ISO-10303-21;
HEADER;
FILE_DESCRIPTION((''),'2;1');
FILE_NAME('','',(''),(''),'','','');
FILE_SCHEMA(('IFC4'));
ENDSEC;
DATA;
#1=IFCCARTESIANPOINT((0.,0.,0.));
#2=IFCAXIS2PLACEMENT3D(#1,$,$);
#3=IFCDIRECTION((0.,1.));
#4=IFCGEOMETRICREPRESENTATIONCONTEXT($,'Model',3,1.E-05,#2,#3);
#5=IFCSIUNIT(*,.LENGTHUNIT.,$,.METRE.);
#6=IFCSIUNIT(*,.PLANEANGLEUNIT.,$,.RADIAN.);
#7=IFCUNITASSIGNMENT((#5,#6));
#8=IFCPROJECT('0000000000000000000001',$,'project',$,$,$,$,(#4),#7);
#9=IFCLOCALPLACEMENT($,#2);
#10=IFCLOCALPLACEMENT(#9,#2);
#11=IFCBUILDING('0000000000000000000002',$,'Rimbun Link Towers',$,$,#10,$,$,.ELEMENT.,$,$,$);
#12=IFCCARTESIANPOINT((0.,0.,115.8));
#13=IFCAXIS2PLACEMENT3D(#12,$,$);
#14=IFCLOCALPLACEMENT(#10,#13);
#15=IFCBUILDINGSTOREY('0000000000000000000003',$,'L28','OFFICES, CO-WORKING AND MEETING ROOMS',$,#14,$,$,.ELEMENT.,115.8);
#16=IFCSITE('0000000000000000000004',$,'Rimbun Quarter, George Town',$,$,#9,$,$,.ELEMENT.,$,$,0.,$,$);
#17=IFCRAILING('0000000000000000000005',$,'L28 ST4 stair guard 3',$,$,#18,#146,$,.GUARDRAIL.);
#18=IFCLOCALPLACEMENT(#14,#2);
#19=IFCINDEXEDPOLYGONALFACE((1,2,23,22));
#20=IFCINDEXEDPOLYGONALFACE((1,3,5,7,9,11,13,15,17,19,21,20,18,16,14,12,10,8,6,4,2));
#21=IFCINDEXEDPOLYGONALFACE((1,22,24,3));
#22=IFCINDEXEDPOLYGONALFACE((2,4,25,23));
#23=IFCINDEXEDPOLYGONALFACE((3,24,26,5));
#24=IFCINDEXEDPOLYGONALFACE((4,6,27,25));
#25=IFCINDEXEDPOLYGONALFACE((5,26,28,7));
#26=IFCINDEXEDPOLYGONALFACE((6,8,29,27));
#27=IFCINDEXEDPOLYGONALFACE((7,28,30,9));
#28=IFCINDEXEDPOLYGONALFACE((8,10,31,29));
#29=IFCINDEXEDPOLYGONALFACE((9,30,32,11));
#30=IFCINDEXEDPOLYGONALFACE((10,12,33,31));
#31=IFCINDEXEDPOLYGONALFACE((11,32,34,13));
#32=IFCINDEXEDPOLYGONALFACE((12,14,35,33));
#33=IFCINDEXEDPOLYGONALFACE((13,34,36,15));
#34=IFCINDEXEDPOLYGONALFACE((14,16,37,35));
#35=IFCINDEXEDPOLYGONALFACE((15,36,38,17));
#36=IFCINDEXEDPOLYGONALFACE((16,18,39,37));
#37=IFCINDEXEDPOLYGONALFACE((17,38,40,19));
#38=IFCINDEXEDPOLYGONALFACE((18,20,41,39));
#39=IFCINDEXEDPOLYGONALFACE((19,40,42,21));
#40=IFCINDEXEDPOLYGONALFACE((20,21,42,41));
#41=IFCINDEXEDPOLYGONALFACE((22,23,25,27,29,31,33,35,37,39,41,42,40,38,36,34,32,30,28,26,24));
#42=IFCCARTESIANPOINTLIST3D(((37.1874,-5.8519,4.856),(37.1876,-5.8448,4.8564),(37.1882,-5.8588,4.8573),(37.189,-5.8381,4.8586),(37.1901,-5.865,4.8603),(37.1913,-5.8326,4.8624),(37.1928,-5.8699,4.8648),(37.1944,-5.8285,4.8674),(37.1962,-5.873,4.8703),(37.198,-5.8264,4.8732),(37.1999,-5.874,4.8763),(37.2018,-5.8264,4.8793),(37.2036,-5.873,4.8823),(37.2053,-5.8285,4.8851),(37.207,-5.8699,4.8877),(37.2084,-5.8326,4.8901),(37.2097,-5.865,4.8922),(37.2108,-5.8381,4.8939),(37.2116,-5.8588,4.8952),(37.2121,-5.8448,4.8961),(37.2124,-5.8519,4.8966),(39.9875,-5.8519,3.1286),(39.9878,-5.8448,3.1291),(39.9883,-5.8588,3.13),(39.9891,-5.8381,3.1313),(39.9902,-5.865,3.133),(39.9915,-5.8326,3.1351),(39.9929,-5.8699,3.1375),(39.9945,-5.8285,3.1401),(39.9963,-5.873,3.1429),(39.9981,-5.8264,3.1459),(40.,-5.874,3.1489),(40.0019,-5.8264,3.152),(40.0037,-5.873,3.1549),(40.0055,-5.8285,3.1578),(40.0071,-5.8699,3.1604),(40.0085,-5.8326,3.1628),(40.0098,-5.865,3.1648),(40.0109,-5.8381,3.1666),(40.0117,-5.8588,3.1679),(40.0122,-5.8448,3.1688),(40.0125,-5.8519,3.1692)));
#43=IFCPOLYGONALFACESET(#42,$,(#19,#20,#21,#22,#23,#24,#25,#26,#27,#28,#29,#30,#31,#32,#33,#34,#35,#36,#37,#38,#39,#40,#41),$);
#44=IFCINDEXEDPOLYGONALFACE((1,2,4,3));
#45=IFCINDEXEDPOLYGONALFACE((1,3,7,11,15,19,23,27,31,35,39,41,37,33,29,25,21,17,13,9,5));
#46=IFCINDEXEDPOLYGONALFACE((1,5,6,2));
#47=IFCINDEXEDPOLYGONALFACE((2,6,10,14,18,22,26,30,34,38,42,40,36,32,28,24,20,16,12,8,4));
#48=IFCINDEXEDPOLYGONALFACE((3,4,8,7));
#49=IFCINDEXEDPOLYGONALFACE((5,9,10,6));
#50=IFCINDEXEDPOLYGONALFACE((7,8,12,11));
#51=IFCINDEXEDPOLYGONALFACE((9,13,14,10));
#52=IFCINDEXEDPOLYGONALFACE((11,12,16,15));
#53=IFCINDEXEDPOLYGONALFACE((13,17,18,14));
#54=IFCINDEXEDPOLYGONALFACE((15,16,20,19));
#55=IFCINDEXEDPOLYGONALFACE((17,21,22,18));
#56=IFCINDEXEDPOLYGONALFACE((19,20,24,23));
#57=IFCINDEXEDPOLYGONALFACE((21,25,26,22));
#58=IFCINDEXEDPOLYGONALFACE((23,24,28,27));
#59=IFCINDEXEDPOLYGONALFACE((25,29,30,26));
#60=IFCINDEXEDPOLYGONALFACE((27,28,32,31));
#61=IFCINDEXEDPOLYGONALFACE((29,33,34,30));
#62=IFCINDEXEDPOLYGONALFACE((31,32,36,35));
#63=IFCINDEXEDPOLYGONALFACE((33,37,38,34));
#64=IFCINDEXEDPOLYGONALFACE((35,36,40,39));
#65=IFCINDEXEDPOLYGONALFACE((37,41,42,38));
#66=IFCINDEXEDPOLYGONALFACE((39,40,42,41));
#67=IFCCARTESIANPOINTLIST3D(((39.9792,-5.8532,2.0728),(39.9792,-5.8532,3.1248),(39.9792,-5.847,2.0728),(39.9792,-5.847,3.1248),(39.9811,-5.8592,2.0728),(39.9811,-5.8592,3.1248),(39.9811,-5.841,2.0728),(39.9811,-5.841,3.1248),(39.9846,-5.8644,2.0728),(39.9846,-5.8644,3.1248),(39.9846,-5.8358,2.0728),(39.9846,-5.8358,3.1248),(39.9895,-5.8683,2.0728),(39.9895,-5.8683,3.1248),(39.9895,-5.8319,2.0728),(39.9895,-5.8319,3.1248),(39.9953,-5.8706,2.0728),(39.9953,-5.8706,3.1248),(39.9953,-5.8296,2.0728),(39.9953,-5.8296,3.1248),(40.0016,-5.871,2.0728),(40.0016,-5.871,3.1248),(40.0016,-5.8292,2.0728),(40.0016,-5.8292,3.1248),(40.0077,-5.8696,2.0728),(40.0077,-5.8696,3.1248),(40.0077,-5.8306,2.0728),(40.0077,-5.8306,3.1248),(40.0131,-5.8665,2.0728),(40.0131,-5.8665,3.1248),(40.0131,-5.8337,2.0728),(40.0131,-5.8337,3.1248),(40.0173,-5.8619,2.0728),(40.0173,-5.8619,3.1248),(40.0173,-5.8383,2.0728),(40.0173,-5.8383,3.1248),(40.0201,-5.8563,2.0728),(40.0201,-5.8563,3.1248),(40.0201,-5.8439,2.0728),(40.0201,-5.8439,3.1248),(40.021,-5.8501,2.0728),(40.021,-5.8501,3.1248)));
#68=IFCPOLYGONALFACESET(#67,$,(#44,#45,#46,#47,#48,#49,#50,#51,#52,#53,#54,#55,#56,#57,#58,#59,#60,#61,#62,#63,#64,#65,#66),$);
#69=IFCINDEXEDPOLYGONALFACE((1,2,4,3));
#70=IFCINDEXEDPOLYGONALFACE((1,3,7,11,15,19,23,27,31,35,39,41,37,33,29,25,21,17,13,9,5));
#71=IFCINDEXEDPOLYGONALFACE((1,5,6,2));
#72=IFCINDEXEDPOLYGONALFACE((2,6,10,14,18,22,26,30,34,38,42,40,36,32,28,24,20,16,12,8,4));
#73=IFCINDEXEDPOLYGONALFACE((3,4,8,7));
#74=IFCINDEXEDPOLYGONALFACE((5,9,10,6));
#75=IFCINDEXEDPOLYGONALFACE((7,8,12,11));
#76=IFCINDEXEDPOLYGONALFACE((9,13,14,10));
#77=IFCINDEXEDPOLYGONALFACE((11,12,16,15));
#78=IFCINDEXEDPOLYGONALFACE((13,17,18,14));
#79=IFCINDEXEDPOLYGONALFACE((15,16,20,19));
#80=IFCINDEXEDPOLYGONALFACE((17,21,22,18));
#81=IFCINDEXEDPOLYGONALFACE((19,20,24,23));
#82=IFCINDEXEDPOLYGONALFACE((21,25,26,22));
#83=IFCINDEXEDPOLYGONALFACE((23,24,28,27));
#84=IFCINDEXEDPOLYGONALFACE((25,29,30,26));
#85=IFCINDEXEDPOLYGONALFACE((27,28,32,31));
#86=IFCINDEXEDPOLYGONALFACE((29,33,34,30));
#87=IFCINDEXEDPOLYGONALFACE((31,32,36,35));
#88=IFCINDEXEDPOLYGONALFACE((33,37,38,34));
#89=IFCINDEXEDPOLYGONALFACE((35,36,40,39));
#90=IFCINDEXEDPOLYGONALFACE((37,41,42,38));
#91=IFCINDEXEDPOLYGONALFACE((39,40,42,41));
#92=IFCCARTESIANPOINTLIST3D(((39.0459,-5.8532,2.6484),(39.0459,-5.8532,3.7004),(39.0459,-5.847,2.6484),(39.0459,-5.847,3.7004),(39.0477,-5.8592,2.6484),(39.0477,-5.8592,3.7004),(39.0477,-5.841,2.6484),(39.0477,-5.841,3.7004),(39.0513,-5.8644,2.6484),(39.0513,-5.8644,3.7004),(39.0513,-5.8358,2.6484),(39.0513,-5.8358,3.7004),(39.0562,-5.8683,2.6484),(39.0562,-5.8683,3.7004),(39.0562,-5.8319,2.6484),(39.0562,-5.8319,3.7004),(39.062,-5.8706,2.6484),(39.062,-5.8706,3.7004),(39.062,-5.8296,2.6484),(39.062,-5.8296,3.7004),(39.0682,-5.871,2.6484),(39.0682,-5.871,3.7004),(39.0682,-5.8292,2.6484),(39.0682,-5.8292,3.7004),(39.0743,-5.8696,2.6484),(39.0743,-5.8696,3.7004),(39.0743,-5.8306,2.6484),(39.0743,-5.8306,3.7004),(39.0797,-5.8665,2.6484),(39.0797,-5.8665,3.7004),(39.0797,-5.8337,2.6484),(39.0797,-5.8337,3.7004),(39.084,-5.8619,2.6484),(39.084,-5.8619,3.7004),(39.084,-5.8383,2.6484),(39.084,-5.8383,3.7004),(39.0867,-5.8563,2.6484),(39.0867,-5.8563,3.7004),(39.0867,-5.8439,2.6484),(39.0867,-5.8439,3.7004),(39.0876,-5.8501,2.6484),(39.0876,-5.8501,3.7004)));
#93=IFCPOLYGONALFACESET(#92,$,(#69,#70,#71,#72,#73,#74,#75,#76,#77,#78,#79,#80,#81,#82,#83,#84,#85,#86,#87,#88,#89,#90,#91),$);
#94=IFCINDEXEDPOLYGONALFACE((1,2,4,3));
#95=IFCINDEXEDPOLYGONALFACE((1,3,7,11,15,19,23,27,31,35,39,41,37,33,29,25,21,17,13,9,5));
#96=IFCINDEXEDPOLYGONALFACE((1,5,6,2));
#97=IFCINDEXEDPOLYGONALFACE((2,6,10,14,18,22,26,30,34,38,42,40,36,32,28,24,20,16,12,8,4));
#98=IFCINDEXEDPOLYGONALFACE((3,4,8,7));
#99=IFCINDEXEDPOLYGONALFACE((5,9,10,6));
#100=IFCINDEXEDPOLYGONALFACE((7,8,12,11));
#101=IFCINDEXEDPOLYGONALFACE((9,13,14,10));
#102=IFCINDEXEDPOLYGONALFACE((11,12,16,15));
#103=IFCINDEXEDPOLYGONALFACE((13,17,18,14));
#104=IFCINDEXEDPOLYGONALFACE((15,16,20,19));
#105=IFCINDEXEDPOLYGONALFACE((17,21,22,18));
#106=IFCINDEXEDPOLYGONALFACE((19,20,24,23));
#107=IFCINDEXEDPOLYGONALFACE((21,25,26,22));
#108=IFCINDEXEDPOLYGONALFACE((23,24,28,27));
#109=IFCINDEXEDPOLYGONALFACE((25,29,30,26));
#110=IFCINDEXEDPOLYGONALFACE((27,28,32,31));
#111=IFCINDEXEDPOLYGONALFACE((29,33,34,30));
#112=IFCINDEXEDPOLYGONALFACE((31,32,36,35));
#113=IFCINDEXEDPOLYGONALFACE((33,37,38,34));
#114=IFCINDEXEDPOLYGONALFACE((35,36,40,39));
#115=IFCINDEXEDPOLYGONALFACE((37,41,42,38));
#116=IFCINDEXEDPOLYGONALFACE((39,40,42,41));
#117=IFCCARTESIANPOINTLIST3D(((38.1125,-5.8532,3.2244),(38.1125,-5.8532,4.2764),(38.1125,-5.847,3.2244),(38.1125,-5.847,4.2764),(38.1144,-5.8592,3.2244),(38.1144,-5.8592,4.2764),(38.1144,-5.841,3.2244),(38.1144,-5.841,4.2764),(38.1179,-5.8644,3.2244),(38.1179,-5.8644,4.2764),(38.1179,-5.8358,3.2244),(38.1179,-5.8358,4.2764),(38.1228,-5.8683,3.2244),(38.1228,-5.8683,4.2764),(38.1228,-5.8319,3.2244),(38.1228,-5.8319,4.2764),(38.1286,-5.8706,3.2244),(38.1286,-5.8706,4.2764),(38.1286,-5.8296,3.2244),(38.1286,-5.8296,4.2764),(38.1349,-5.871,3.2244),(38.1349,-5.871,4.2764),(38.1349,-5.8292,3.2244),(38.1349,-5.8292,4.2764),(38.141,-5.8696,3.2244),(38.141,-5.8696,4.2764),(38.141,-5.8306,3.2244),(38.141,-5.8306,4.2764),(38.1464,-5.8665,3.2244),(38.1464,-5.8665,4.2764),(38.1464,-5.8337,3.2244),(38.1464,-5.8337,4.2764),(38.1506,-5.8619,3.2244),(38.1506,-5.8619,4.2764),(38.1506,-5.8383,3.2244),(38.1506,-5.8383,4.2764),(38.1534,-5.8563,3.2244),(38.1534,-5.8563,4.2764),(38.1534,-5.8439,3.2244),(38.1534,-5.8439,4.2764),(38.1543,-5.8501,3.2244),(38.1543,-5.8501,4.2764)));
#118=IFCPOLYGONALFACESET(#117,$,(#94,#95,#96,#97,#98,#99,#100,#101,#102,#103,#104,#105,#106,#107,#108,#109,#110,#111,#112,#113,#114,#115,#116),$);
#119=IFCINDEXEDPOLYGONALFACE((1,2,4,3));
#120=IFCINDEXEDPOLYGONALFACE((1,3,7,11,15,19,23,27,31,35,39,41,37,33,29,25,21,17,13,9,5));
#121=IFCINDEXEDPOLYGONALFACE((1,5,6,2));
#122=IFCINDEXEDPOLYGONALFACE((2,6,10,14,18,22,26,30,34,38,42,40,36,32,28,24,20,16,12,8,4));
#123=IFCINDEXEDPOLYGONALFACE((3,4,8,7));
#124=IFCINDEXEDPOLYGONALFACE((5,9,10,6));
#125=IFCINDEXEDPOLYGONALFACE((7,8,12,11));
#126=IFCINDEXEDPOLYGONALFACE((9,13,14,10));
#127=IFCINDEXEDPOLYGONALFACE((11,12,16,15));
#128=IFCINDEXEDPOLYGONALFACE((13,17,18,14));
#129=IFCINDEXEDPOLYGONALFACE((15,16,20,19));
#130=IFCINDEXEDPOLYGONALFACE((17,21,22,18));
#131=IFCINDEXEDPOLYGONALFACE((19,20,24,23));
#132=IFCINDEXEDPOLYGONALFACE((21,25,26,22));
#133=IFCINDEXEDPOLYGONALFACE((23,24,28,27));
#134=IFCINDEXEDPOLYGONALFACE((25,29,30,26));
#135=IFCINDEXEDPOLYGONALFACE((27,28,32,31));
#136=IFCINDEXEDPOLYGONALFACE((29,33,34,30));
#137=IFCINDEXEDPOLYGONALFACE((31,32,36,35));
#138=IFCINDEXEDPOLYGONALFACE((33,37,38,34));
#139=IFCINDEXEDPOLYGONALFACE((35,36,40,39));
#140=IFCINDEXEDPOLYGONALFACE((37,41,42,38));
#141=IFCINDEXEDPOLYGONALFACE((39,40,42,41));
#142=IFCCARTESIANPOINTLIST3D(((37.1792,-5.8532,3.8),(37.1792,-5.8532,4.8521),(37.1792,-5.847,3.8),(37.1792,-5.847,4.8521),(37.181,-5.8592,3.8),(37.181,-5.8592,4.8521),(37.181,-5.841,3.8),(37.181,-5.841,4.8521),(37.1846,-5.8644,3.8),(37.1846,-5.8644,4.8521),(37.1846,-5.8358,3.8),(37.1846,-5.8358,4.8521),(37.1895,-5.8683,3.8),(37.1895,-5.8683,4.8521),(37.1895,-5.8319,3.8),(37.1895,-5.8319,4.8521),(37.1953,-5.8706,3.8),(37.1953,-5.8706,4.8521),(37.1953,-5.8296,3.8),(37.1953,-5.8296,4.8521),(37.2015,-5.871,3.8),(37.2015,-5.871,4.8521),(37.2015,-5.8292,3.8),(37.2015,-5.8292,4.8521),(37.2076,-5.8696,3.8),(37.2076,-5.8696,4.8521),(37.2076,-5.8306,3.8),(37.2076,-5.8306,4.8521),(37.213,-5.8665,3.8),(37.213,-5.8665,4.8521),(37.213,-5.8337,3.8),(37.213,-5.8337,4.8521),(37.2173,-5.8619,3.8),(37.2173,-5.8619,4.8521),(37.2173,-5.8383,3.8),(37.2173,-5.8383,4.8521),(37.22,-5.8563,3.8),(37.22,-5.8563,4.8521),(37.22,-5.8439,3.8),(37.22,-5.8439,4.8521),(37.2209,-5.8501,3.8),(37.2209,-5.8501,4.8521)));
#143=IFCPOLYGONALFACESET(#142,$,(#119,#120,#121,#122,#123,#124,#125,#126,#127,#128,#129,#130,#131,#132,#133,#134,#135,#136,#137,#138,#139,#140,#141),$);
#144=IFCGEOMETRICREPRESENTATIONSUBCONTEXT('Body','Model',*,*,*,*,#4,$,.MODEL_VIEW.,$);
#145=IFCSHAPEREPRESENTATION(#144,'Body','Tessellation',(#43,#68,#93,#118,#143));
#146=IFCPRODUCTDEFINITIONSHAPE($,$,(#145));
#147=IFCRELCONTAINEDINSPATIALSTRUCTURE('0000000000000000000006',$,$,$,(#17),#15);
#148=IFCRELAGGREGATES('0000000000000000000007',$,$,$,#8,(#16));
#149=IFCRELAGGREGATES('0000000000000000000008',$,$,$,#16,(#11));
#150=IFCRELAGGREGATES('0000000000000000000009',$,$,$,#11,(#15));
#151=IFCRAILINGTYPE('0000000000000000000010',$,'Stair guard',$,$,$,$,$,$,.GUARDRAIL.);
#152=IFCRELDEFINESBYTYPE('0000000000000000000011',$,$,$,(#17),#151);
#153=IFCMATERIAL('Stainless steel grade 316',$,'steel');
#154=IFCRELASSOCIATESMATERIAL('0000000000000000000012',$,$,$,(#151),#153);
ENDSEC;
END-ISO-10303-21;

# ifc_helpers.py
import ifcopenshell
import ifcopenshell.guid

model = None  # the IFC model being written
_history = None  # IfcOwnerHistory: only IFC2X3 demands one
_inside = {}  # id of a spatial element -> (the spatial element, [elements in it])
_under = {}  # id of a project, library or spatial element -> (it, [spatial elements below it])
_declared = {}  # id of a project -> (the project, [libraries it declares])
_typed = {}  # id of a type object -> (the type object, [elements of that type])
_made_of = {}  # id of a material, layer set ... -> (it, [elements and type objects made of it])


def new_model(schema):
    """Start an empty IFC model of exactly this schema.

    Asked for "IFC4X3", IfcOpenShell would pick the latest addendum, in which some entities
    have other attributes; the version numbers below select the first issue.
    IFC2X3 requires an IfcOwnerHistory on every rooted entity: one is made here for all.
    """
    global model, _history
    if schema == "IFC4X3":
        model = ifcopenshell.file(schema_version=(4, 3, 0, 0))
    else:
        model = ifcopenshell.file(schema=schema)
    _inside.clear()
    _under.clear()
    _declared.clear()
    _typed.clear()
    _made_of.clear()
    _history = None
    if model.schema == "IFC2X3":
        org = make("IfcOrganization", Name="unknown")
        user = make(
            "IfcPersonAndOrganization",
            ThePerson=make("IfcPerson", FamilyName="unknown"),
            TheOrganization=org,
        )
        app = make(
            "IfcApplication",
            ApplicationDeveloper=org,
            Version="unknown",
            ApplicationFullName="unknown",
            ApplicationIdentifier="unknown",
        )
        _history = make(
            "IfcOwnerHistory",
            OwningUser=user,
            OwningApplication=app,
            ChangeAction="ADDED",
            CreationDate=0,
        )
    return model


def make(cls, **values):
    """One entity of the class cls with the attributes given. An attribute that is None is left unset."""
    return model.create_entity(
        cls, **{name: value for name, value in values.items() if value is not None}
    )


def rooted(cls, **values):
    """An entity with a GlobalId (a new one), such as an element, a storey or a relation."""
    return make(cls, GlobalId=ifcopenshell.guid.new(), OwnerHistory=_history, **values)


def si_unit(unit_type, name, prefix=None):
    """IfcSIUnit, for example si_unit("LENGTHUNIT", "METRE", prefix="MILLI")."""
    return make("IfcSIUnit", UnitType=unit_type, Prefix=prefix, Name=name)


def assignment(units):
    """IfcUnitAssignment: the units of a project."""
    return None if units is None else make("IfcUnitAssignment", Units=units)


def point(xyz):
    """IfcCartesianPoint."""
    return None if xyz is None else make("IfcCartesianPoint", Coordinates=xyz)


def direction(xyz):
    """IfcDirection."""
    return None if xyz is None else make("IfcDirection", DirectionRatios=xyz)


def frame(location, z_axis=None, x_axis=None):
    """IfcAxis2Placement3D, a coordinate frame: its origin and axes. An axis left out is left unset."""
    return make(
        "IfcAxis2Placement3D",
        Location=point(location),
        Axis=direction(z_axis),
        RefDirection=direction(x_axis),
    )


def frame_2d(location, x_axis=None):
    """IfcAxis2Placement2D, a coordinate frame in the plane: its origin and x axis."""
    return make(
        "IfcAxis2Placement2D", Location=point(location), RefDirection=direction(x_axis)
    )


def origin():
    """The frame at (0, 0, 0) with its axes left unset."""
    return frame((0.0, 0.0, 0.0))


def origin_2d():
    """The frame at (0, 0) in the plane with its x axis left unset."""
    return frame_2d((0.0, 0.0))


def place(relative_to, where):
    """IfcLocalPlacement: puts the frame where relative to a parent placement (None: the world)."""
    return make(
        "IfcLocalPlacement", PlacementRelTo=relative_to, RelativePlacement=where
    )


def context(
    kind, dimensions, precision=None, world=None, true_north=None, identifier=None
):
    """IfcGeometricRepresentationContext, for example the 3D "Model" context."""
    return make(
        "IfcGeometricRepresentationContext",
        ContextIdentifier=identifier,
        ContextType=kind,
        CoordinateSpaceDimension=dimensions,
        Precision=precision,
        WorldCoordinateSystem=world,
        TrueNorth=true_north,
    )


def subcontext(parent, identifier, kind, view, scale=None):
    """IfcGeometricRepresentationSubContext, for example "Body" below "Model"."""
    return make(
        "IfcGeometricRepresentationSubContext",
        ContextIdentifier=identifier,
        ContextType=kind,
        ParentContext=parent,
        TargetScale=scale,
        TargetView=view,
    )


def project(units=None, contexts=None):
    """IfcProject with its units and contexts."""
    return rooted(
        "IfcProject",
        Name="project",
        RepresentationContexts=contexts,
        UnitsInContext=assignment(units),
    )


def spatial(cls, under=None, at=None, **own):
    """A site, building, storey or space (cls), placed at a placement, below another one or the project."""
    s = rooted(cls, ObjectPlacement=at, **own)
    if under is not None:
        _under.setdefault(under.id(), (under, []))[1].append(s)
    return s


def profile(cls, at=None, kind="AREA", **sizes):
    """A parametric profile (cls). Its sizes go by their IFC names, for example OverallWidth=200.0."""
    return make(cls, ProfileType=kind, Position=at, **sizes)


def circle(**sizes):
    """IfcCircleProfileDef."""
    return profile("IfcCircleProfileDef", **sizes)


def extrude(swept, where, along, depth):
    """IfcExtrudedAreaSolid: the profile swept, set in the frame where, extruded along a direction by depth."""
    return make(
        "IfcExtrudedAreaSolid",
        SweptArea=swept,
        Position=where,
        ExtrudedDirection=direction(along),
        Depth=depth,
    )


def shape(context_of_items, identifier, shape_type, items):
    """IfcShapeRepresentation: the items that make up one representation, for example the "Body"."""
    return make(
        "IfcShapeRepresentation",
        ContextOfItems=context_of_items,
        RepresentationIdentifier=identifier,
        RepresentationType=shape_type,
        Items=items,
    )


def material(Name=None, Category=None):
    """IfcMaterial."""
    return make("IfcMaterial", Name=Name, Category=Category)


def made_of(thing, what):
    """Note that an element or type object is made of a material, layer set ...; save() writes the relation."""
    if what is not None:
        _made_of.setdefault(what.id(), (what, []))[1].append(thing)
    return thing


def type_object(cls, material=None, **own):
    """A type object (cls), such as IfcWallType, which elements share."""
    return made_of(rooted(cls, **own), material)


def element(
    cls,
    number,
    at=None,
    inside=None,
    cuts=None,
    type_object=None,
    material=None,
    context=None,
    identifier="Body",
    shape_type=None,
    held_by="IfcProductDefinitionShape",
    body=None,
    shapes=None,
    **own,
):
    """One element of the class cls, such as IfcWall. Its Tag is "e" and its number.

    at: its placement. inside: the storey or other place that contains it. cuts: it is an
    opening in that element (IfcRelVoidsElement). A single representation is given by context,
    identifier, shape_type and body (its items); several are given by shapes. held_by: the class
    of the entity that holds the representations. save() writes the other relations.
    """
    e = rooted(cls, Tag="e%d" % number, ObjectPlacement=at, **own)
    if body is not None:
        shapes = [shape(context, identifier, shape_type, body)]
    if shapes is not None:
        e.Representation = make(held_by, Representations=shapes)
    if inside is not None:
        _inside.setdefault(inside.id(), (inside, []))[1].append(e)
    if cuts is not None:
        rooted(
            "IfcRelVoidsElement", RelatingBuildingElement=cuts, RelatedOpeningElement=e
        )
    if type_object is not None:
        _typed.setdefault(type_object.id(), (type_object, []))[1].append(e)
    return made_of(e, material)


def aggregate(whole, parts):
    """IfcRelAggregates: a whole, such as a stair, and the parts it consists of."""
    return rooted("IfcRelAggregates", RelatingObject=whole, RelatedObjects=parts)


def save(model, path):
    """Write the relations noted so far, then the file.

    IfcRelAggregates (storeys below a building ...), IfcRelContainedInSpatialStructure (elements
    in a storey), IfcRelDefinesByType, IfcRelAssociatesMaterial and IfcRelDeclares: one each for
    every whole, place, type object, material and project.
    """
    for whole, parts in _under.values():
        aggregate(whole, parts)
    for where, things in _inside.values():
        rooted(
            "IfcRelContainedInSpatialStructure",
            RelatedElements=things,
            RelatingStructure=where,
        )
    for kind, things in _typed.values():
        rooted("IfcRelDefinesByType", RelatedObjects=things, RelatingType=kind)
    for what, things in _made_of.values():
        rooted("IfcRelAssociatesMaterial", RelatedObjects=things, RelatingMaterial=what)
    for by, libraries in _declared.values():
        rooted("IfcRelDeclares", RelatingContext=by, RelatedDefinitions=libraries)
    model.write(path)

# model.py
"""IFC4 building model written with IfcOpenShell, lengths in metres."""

from ifc_helpers import new_model, si_unit, direction, frame, origin, origin_2d, place, context, subcontext, project, spatial, circle, extrude, material, type_object, element, save


model = new_model("IFC4")

# Units and contexts
model_context = context("Model", 3, precision=1e-05, world=origin(), true_north=direction((0.0, 1.0)))
body_context = subcontext(model_context, "Body", "Model", "MODEL_VIEW")
ifc_project = project(units=[si_unit("LENGTHUNIT", "METRE"), si_unit("PLANEANGLEUNIT", "RADIAN")], contexts=[model_context])

# Site, building, storey
site_placement = place(None, origin())
site = spatial("IfcSite", under=ifc_project, at=site_placement, Name="Rimbun Quarter, George Town", CompositionType="ELEMENT", RefElevation=0.0)
building_placement = place(site_placement, origin())
building = spatial("IfcBuilding", under=site, at=building_placement, Name="Rimbun Link Towers", CompositionType="ELEMENT")
storey_placement = place(building_placement, frame((0.0, 0.0, 115.8)))
storey = spatial("IfcBuildingStorey", under=building, at=storey_placement, Name="L28", Description="OFFICES, CO-WORKING AND MEETING ROOMS", CompositionType="ELEMENT", Elevation=115.8)

# Railing
ifc_material_1 = material(Name="Stainless steel grade 316", Category="steel")
railing_type_1 = type_object("IfcRailingType", Name="Stair guard", PredefinedType="GUARDRAIL", material=ifc_material_1)
railing_1_placement = place(storey_placement, frame((40.0, -5.8501, 2.0728)))
element("IfcRailing", 1, at=railing_1_placement, inside=storey, type_object=railing_type_1, Name="L28 ST4 stair guard 3", PredefinedType="GUARDRAIL", context=body_context, shape_type="SweptSolid", body=[
    extrude(circle(Radius=0.0239, at=origin_2d()), frame((0.0, 0.0, 1.0762), z_axis=(-0.85109, 0.0, 0.52502), x_axis=(0.0, -1.0, 0.0)), (0.0, 0.0, 1.0), 3.29),
    extrude(circle(Radius=0.021, at=origin_2d()), origin(), (0.0, 0.0, 1.0), 1.052),
    extrude(circle(Radius=0.021, at=origin_2d()), frame((-0.9333, 0.0, 0.5757)), (0.0, 0.0, 1.0), 1.052),
    extrude(circle(Radius=0.021, at=origin_2d()), frame((-1.8667, 0.0, 1.1516)), (0.0, 0.0, 1.0), 1.052),
    extrude(circle(Radius=0.021, at=origin_2d()), frame((-2.8, 0.0, 1.7273)), (0.0, 0.0, 1.0), 1.052),
])

save(model, "model.ifc")
